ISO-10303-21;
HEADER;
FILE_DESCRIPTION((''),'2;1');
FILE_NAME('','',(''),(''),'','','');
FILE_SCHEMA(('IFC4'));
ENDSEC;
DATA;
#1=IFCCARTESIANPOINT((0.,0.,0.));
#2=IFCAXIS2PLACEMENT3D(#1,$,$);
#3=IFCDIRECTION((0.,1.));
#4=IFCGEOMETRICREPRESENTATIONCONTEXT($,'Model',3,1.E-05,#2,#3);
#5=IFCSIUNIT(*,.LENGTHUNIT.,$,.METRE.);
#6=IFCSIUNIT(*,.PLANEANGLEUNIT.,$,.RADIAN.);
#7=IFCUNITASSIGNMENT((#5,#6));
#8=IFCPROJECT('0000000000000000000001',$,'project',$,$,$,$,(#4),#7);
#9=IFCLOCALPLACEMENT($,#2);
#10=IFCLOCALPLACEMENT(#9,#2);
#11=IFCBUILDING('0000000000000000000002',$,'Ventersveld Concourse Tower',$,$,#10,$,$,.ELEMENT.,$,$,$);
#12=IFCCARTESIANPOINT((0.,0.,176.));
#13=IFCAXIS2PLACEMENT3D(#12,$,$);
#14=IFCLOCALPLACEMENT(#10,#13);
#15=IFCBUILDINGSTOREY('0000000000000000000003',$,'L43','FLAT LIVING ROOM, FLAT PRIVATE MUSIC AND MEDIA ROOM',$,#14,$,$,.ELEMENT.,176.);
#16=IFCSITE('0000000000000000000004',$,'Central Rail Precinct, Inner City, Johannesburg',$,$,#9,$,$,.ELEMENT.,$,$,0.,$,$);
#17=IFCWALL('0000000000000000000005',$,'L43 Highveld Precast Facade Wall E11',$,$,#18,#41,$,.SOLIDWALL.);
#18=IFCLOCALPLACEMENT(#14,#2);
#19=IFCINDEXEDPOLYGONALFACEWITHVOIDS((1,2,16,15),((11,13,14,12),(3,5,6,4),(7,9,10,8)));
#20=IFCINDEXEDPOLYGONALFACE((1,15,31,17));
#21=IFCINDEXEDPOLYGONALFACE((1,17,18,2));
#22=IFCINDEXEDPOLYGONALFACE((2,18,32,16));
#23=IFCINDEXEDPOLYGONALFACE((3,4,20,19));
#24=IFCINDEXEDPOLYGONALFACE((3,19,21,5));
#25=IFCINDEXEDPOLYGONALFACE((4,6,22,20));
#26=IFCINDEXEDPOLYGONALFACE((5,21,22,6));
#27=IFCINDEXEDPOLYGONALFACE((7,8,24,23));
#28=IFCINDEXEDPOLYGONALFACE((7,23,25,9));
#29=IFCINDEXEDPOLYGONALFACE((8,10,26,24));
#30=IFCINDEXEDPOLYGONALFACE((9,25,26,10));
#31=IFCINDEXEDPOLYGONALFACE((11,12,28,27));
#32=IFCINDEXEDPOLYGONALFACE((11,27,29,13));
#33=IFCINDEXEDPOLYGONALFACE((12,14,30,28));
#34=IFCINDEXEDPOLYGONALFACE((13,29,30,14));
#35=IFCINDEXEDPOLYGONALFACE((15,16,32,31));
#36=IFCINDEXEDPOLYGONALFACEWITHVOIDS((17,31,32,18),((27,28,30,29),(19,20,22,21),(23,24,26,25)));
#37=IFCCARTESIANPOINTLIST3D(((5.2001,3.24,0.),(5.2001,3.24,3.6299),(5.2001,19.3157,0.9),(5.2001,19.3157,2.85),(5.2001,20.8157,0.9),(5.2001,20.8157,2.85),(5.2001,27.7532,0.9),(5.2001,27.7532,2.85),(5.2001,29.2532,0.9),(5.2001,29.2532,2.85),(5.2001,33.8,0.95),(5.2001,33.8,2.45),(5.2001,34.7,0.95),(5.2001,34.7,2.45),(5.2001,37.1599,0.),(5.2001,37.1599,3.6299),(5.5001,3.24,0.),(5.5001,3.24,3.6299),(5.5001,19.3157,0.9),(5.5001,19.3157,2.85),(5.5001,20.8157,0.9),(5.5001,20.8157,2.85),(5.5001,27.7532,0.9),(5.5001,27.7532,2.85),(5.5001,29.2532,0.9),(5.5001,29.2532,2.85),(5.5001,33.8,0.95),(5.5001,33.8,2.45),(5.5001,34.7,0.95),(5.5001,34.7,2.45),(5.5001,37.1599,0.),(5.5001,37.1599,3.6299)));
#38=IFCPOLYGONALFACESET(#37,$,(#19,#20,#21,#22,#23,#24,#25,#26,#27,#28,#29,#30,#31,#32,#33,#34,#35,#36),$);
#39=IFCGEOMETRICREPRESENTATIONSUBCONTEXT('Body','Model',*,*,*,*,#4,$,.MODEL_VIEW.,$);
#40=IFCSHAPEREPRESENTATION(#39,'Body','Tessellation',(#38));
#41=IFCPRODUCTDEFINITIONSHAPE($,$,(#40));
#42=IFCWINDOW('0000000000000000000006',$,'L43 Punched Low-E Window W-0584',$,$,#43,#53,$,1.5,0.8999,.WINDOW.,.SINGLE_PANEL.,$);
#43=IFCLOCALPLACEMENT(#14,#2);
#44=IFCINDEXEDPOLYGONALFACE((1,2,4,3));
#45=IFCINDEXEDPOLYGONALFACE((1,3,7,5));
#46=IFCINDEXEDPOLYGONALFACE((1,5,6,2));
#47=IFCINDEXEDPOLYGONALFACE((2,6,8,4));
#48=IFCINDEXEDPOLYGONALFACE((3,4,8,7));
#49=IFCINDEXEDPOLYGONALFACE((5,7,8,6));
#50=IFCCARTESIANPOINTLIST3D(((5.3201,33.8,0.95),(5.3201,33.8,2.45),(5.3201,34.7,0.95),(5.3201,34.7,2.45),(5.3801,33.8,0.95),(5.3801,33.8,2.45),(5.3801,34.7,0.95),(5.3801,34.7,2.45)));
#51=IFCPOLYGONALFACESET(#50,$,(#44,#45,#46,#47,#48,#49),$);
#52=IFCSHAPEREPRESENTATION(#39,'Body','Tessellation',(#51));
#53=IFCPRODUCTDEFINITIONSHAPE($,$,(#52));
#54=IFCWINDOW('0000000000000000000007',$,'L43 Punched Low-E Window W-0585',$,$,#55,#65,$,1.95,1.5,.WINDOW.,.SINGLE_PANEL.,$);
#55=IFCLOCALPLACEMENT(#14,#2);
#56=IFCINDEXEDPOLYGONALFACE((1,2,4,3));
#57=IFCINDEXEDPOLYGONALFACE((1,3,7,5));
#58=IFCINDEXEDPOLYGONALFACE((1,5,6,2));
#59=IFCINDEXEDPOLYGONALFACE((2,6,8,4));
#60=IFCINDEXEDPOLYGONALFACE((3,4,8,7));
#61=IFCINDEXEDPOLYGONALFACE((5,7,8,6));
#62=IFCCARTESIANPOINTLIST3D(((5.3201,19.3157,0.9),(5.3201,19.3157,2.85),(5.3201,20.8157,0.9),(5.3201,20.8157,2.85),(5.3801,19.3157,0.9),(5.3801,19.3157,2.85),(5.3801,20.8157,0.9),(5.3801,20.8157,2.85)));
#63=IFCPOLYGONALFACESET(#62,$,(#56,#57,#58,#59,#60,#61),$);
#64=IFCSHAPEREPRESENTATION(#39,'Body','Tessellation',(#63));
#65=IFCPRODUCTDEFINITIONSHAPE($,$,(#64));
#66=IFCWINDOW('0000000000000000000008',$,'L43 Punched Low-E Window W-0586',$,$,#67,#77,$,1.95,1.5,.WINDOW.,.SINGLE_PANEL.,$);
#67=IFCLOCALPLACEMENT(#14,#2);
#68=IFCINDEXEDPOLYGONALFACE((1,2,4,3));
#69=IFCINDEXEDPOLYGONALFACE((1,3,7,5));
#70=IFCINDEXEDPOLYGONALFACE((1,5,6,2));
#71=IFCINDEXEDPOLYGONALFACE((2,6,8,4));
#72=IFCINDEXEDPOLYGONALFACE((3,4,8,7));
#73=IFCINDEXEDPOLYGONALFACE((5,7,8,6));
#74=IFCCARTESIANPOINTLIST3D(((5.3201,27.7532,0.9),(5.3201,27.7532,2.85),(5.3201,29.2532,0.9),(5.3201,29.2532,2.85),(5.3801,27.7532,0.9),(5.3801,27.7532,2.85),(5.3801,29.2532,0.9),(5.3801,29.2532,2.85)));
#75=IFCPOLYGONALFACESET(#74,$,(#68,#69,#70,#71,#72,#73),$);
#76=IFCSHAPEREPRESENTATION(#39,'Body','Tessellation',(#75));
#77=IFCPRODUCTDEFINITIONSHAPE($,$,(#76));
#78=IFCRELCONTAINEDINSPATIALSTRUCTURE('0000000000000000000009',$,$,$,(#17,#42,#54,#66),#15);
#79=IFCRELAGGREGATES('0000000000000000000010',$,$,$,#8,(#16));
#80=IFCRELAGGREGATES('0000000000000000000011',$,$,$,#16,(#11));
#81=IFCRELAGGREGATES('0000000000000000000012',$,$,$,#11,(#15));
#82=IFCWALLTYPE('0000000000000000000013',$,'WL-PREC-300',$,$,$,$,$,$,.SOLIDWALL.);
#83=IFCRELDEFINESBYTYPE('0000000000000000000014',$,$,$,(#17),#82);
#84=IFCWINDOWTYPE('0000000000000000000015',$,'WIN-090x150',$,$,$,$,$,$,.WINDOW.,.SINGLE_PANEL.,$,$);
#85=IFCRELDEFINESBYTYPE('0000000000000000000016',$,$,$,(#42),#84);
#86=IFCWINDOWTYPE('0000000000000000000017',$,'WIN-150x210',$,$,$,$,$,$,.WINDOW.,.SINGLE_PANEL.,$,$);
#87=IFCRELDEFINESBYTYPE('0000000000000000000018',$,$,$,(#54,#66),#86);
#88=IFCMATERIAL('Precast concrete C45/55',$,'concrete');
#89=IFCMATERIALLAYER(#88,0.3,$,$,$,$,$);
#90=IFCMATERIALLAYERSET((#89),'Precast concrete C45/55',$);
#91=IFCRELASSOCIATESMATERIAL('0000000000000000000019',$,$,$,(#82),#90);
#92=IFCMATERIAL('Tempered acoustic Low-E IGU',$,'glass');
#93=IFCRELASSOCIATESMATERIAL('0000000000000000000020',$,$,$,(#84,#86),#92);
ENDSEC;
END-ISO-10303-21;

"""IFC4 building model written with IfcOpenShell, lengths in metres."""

from ifc_helpers import new_model, si_unit, direction, frame, frame_2d, origin, place, context, subcontext, project, spatial, rectangle, extrude, material, layer, layer_set, type_object, element, fill, save


model = new_model("IFC4")

# Units and contexts
model_context = context("Model", 3, precision=1e-05, world=origin(), true_north=direction((0.0, 1.0)))
body_context = subcontext(model_context, "Body", "Model", "MODEL_VIEW")
ifc_project = project(units=[si_unit("LENGTHUNIT", "METRE"), si_unit("PLANEANGLEUNIT", "RADIAN")], contexts=[model_context])

# Site, building, storey
site_placement = place(None, origin())
site = spatial("IfcSite", under=ifc_project, at=site_placement, Name="Central Rail Precinct, Inner City, Johannesburg", CompositionType="ELEMENT", RefElevation=0.0)
building_placement = place(site_placement, origin())
building = spatial("IfcBuilding", under=site, at=building_placement, Name="Ventersveld Concourse Tower", CompositionType="ELEMENT")
storey_placement = place(building_placement, frame((0.0, 0.0, 176.0)))
storey = spatial("IfcBuildingStorey", under=building, at=storey_placement, Name="L43", Description="FLAT LIVING ROOM, FLAT PRIVATE MUSIC AND MEDIA ROOM", CompositionType="ELEMENT", Elevation=176.0)

# Shared definitions
ifc_material_1 = material(Name="Precast concrete C45/55", Category="concrete")
ifc_layer_1 = layer(ifc_material_1, 0.3)
ifc_layer_set_1 = layer_set([ifc_layer_1], Name="Precast concrete C45/55")
wall_type_1 = type_object("IfcWallType", Name="WL-PREC-300", PredefinedType="SOLIDWALL", material=ifc_layer_set_1)

# Wall, openings, windows
wall_1_placement = place(storey_placement, frame((5.3501, 37.1599, 0.0), z_axis=(0.0, 0.0, 1.0), x_axis=(0.0, -1.0, 0.0)))
wall_1 = element("IfcWall", 1, at=wall_1_placement, inside=storey, type_object=wall_type_1, Name="L43 Highveld Precast Facade Wall E11", PredefinedType="SOLIDWALL", context=body_context, shape_type="SweptSolid", body=[
    extrude(rectangle(XDim=33.9199, YDim=0.3, at=frame_2d((16.96, 0.0))), origin(), (0.0, 0.0, 1.0), 3.6299),
])
opening_1_placement = place(wall_1_placement, frame((2.46, 0.0, 0.95)))
opening_1 = element("IfcOpeningElement", 2, at=opening_1_placement, cuts=wall_1, PredefinedType="OPENING", context=body_context, shape_type="SweptSolid", body=[
    extrude(rectangle(XDim=0.8999, YDim=1.5, at=frame_2d((0.45, 0.75))), frame((0.0, 0.1602, 0.0), z_axis=(0.0, -1.0, 0.0), x_axis=(1.0, 0.0, 0.0)), (0.0, 0.0, 1.0), 0.3201),
])
opening_2_placement = place(wall_1_placement, frame((16.3442, 0.0, 0.8999)))
opening_2 = element("IfcOpeningElement", 3, at=opening_2_placement, cuts=wall_1, PredefinedType="OPENING", context=body_context, shape_type="SweptSolid", body=[
    extrude(rectangle(XDim=1.5, YDim=1.95, at=frame_2d((0.75, 0.9751))), frame((0.0, 0.1602, 0.0), z_axis=(0.0, -1.0, 0.0), x_axis=(1.0, 0.0, 0.0)), (0.0, 0.0, 1.0), 0.3201),
])
opening_3_placement = place(wall_1_placement, frame((7.9067, 0.0, 0.8999)))
opening_3 = element("IfcOpeningElement", 4, at=opening_3_placement, cuts=wall_1, PredefinedType="OPENING", context=body_context, shape_type="SweptSolid", body=[
    extrude(rectangle(XDim=1.5, YDim=1.95, at=frame_2d((0.75, 0.9751))), frame((0.0, 0.1602, 0.0), z_axis=(0.0, -1.0, 0.0), x_axis=(1.0, 0.0, 0.0)), (0.0, 0.0, 1.0), 0.3201),
])
ifc_material_2 = material(Name="Tempered acoustic Low-E IGU", Category="glass")
window_type_1 = type_object("IfcWindowType", Name="WIN-090x150", PartitioningType="SINGLE_PANEL", PredefinedType="WINDOW", material=ifc_material_2)
window_1_placement = place(opening_1_placement, origin())
window_1 = element("IfcWindow", 5, at=window_1_placement, inside=storey, type_object=window_type_1, Name="L43 Punched Low-E Window W-0584", OverallHeight=1.5, OverallWidth=0.8999, PartitioningType="SINGLE_PANEL", PredefinedType="WINDOW", context=body_context, shape_type="SweptSolid", body=[
    extrude(rectangle(XDim=0.8999, YDim=1.5, at=frame_2d((0.45, 0.75))), frame((0.0, 0.03, 0.0), z_axis=(0.0, -1.0, 0.0), x_axis=(1.0, 0.0, 0.0)), (0.0, 0.0, 1.0), 0.0601),
])
fill(opening_1, window_1)
window_type_2 = type_object("IfcWindowType", Name="WIN-150x210", PartitioningType="SINGLE_PANEL", PredefinedType="WINDOW", material=ifc_material_2)
window_2_placement = place(opening_2_placement, origin())
window_2 = element("IfcWindow", 6, at=window_2_placement, inside=storey, type_object=window_type_2, Name="L43 Punched Low-E Window W-0585", OverallHeight=1.95, OverallWidth=1.5, PartitioningType="SINGLE_PANEL", PredefinedType="WINDOW", context=body_context, shape_type="SweptSolid", body=[
    extrude(rectangle(XDim=1.5, YDim=1.95, at=frame_2d((0.75, 0.9751))), frame((0.0, 0.03, 0.0), z_axis=(0.0, -1.0, 0.0), x_axis=(1.0, 0.0, 0.0)), (0.0, 0.0, 1.0), 0.0601),
])
fill(opening_2, window_2)
window_3_placement = place(opening_3_placement, origin())
window_3 = element("IfcWindow", 7, at=window_3_placement, inside=storey, type_object=window_type_2, Name="L43 Punched Low-E Window W-0586", OverallHeight=1.95, OverallWidth=1.5, PartitioningType="SINGLE_PANEL", PredefinedType="WINDOW", context=body_context, shape_type="SweptSolid", body=[
    extrude(rectangle(XDim=1.5, YDim=1.95, at=frame_2d((0.75, 0.9751))), frame((0.0, 0.03, 0.0), z_axis=(0.0, -1.0, 0.0), x_axis=(1.0, 0.0, 0.0)), (0.0, 0.0, 1.0), 0.0601),
])
fill(opening_3, window_3)

save(model, "model.ifc")
